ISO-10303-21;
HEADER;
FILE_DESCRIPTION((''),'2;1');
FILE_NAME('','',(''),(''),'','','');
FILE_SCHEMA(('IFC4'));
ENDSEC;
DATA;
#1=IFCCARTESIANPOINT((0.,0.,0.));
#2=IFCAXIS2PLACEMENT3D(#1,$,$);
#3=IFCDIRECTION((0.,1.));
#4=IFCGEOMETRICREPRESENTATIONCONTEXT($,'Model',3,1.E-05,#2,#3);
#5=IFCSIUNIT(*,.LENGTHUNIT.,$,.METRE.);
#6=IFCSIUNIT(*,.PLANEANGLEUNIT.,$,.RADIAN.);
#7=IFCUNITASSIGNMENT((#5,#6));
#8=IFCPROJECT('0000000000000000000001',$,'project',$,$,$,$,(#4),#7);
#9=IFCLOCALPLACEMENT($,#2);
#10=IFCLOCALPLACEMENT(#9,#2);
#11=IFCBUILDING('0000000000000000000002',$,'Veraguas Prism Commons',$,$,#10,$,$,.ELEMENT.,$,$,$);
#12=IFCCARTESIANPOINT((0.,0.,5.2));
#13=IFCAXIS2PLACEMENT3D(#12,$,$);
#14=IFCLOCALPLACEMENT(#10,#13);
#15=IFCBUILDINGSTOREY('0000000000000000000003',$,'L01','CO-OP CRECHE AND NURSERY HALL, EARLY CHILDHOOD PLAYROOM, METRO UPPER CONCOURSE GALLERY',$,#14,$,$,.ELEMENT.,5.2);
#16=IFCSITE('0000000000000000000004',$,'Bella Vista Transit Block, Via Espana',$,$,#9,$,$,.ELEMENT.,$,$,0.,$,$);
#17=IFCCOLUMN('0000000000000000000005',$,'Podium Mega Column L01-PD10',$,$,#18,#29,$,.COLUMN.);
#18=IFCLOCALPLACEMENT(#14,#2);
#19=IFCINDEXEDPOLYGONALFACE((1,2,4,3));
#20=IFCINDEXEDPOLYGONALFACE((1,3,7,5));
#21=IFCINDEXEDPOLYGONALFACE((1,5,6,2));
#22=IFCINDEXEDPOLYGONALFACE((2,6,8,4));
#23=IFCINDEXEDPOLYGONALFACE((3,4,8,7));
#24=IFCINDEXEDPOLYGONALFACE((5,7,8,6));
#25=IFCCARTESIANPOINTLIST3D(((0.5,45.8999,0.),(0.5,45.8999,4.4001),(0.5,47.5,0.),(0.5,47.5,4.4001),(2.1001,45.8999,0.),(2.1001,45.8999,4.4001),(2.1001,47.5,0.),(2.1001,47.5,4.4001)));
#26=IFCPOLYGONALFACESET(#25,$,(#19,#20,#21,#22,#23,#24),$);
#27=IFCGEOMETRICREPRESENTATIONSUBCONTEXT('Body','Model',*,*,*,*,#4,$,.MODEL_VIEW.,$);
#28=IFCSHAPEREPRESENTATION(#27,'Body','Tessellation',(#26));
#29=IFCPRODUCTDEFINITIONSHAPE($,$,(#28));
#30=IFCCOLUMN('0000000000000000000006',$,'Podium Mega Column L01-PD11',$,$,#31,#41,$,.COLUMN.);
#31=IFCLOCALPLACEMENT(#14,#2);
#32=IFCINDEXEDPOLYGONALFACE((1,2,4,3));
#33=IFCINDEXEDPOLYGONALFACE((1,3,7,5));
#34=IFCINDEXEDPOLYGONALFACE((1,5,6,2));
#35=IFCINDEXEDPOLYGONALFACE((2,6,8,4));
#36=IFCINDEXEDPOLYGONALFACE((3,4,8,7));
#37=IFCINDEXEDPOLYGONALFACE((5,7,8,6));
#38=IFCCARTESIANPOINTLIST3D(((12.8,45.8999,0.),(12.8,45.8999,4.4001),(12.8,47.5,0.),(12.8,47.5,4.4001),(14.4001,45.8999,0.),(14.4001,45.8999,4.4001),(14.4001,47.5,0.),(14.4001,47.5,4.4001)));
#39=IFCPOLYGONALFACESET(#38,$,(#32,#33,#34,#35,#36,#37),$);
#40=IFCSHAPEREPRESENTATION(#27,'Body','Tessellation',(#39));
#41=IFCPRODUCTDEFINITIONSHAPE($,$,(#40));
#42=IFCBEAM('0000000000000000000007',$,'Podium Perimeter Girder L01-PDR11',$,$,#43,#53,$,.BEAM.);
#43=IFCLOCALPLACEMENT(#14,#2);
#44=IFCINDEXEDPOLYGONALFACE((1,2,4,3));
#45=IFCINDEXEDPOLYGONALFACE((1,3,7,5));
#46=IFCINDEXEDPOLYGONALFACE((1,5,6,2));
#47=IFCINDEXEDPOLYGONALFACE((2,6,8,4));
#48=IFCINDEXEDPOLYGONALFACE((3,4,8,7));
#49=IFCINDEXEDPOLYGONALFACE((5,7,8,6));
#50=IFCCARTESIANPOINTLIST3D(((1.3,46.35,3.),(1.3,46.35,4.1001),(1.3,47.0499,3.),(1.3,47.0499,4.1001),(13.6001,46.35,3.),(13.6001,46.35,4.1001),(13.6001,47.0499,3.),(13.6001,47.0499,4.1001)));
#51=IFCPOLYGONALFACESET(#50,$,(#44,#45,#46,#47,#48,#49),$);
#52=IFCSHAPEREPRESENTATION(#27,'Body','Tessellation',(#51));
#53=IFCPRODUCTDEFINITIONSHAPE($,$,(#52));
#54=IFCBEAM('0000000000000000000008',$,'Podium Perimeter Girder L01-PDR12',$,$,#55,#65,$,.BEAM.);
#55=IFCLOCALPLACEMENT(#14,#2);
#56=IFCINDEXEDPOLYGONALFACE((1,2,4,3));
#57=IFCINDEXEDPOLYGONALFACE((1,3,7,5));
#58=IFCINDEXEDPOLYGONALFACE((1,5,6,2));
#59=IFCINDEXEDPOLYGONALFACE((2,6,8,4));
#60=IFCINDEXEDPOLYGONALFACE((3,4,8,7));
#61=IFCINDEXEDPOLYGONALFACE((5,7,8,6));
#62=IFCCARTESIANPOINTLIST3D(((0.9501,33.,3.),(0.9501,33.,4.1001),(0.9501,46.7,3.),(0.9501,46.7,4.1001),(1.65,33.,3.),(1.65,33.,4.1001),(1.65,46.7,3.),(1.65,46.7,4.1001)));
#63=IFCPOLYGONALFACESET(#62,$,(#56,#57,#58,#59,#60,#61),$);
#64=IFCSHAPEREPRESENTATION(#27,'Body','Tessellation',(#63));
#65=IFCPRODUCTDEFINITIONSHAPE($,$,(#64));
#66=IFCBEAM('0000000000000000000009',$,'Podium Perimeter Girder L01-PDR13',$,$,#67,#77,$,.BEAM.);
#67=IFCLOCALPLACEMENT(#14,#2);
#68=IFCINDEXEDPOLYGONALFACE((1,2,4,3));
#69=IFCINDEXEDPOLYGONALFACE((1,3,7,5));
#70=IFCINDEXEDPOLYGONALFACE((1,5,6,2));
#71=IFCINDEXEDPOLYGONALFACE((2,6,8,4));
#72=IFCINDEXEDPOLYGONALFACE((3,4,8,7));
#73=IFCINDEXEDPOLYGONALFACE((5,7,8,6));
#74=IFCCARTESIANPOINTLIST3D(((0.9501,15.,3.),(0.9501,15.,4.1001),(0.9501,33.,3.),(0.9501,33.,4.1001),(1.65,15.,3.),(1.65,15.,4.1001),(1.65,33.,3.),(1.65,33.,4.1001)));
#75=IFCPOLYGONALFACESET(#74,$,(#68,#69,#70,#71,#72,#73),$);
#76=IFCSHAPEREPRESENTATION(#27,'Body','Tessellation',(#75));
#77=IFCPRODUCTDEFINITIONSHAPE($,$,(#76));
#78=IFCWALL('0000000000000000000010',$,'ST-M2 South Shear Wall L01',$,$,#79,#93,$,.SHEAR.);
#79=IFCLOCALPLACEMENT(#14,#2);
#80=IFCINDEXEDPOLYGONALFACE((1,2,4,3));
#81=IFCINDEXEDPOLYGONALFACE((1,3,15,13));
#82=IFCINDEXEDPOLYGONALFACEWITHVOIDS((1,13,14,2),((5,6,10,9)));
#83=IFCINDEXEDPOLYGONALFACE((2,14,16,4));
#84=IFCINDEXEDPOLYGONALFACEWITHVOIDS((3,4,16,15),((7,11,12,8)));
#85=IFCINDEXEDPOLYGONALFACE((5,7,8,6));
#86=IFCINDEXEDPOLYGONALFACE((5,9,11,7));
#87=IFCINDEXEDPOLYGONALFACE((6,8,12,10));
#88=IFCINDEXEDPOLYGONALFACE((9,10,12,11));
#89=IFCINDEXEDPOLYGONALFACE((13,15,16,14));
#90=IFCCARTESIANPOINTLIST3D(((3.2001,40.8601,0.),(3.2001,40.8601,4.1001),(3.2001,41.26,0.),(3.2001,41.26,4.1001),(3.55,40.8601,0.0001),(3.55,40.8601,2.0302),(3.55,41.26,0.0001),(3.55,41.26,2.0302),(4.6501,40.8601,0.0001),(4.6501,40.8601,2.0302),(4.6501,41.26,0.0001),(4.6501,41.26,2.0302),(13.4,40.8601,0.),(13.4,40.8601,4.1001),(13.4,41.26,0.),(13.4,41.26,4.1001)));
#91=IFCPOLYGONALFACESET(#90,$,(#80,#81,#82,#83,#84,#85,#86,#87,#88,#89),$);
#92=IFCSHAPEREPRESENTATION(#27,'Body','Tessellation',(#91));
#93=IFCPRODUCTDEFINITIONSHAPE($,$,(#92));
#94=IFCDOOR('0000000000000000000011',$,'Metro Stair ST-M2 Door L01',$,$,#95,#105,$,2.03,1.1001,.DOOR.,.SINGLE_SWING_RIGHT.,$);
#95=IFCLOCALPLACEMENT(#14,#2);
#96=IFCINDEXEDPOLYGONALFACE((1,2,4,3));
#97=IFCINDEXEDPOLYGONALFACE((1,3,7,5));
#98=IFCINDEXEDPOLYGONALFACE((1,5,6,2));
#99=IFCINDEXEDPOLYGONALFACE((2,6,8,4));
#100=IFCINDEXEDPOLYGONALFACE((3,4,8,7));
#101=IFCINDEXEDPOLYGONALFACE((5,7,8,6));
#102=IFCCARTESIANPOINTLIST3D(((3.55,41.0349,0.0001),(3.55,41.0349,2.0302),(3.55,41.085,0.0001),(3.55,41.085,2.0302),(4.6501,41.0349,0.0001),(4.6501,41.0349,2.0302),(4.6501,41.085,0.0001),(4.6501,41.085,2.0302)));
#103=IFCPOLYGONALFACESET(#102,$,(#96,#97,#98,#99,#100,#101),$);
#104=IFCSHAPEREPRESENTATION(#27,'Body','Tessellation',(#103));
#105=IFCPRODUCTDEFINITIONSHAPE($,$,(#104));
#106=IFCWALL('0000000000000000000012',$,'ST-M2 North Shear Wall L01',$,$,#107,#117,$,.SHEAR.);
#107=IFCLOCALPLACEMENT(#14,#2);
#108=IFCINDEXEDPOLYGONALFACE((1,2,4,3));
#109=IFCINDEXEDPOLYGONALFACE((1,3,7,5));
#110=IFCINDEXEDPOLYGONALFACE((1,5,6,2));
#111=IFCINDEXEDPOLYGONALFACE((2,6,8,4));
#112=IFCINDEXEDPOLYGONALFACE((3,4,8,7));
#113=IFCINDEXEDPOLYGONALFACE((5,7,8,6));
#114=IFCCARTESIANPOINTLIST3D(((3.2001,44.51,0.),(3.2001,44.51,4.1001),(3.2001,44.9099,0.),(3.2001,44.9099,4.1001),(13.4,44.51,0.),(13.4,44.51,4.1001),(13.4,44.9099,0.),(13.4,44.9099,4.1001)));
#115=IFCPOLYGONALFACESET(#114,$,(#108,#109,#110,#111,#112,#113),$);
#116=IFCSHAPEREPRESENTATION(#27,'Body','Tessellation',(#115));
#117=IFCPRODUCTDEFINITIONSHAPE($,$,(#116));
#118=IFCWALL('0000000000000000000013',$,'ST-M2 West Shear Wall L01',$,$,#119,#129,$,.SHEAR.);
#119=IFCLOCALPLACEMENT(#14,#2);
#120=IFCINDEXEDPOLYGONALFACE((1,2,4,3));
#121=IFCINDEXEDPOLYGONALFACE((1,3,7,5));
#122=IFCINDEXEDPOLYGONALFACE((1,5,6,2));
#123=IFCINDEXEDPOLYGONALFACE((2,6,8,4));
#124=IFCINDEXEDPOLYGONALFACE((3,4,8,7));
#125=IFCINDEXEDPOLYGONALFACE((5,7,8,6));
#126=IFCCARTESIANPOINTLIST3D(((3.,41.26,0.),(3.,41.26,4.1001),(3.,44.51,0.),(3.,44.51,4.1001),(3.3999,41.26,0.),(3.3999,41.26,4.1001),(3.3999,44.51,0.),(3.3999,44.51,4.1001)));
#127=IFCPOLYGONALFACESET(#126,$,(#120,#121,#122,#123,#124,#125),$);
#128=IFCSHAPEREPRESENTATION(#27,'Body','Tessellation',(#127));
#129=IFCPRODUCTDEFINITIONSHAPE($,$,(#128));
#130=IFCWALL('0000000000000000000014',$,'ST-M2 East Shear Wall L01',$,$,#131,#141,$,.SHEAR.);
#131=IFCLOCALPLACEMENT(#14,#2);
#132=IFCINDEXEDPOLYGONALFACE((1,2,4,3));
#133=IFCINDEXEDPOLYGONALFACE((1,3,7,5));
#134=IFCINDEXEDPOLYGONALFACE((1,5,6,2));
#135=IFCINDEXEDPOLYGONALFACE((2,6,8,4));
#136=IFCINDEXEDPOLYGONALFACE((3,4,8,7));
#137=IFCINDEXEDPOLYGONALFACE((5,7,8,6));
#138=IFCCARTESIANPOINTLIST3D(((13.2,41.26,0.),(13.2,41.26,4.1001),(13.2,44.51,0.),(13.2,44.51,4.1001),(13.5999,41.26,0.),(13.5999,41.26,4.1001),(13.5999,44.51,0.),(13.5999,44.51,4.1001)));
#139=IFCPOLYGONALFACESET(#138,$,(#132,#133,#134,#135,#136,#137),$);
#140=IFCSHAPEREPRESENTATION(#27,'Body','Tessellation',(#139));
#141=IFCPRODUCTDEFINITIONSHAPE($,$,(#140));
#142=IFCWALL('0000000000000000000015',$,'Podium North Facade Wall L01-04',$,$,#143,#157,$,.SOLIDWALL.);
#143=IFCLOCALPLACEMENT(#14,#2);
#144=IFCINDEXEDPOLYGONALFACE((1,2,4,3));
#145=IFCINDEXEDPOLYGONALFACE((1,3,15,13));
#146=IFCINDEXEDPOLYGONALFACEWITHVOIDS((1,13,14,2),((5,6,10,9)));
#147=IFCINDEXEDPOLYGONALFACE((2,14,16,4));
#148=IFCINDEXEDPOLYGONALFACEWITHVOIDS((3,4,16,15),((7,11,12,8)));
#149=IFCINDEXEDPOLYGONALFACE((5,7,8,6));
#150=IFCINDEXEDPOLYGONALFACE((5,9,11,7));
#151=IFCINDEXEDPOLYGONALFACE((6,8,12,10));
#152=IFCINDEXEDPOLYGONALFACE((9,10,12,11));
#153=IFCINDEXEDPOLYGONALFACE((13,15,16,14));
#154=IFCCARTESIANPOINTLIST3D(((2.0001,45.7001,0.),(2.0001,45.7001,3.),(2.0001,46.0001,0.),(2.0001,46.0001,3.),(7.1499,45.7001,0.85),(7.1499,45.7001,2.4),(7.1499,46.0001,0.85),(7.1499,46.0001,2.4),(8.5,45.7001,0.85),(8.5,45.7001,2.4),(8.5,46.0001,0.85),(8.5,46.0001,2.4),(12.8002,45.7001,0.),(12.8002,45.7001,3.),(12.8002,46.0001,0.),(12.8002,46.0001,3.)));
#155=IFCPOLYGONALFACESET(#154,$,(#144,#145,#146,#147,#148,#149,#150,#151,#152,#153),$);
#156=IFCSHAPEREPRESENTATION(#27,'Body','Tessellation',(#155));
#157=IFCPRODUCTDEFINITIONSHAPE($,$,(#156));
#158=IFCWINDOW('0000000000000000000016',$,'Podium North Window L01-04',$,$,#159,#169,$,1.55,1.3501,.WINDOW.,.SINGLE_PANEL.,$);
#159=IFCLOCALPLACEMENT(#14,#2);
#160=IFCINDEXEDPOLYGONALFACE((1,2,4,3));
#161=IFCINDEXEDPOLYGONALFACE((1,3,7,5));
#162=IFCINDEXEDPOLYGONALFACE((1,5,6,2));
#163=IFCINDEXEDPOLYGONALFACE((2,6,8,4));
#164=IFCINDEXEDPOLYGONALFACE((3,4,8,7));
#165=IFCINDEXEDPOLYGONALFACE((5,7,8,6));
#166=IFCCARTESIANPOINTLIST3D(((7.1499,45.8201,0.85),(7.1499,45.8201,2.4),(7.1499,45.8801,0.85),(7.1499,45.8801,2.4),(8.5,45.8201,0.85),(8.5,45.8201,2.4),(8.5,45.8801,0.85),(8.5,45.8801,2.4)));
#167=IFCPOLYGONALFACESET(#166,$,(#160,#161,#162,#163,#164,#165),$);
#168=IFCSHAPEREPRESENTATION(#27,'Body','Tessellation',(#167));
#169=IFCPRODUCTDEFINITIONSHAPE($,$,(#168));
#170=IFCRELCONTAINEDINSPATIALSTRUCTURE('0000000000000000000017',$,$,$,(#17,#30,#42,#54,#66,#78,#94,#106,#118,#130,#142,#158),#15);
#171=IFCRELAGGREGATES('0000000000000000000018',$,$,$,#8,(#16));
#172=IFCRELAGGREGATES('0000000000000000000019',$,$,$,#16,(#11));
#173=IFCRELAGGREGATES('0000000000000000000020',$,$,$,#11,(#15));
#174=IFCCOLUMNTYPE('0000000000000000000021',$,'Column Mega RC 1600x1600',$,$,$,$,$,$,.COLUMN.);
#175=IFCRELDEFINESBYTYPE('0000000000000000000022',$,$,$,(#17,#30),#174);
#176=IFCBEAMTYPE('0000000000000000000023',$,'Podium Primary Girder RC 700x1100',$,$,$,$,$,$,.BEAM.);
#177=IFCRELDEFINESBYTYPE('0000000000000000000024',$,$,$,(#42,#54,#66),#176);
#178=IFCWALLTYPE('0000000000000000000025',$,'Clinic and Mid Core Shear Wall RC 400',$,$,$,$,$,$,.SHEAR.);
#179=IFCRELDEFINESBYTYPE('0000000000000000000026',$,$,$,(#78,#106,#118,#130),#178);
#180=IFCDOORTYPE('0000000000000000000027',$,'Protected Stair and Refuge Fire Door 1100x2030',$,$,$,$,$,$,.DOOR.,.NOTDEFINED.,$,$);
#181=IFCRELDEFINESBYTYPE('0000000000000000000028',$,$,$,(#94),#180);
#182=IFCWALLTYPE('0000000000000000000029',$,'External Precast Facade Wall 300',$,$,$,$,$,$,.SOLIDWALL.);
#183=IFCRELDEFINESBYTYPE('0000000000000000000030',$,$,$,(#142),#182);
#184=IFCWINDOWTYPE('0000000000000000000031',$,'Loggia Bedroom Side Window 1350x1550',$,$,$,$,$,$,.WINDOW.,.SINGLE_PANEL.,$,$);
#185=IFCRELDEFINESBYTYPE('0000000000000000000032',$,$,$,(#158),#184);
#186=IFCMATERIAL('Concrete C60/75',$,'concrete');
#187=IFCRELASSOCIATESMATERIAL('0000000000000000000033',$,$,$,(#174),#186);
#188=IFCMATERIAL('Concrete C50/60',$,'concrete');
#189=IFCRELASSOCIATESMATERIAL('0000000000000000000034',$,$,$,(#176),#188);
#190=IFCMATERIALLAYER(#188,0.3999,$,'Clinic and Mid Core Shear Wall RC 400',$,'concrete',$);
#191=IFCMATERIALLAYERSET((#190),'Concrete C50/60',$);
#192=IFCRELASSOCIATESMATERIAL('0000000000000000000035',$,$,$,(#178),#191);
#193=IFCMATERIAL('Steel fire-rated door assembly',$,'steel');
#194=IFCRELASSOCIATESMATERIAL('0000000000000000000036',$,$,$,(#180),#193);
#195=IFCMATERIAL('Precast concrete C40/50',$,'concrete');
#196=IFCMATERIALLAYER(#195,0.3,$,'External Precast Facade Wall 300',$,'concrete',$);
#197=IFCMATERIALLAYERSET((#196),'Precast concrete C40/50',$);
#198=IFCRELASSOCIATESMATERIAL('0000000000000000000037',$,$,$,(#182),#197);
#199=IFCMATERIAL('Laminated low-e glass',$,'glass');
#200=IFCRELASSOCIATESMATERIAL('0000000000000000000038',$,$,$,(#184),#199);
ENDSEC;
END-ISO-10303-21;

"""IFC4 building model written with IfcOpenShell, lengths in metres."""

from ifc_helpers import new_model, si_unit, direction, frame, frame_2d, origin, origin_2d, place, context, subcontext, project, spatial, rectangle, extrude, source, transform, mapped, material, layer, layer_set, material_profile, profile_set, type_object, element, fill, save


model = new_model("IFC4")

# Units and contexts
model_context = context("Model", 3, precision=1e-05, world=origin(), true_north=direction((0.0, 1.0)))
body_context = subcontext(model_context, "Body", "Model", "MODEL_VIEW")
ifc_project = project(units=[si_unit("LENGTHUNIT", "METRE"), si_unit("PLANEANGLEUNIT", "RADIAN")], contexts=[model_context])

# Site, building, storey
site_placement = place(None, origin())
site = spatial("IfcSite", under=ifc_project, at=site_placement, Name="Bella Vista Transit Block, Via Espana", CompositionType="ELEMENT", RefElevation=0.0)
building_placement = place(site_placement, origin())
building = spatial("IfcBuilding", under=site, at=building_placement, Name="Veraguas Prism Commons", CompositionType="ELEMENT")
storey_placement = place(building_placement, frame((0.0, 0.0, 5.2)))
storey = spatial("IfcBuildingStorey", under=building, at=storey_placement, Name="L01", Description="CO-OP CRECHE AND NURSERY HALL, EARLY CHILDHOOD PLAYROOM, METRO UPPER CONCOURSE GALLERY", CompositionType="ELEMENT", Elevation=5.2)

# Columns
ifc_material_1 = material(Name="Concrete C60/75", Category="concrete")
ifc_material_profile_1 = material_profile(ifc_material_1, rectangle(XDim=1.6001, YDim=1.6001, at=origin_2d()), Name="RC1600X1600")
ifc_profile_set_1 = profile_set([ifc_material_profile_1], Name="Concrete C60/75")
column_type = type_object("IfcColumnType", Name="Column Mega RC 1600x1600", PredefinedType="COLUMN", material=ifc_profile_set_1)
for number, where, z_axis, x_axis, name in (
    (1, (1.3, 46.7, 0.0), (0.0, 0.0, 1.0), (1.0, 0.0, 0.0), "Podium Mega Column L01-PD10"),
    (2, (13.6001, 46.7, 0.0), (0.0, 0.0, 1.0), (1.0, 0.0, 0.0), "Podium Mega Column L01-PD11"),
):
    element("IfcColumn", number, at=place(storey_placement, frame(where, z_axis=z_axis, x_axis=x_axis)), inside=storey, type_object=column_type, Name=name, PredefinedType="COLUMN", context=body_context, shape_type="SweptSolid", body=[
        extrude(rectangle(XDim=1.6001, YDim=1.6001, at=origin_2d()), origin(), (0.0, 0.0, 1.0), 4.4001),
    ])

# Beams
ifc_material_2 = material(Name="Concrete C50/60", Category="concrete")
ifc_material_profile_2 = material_profile(ifc_material_2, rectangle(XDim=0.7, YDim=1.1001, at=origin_2d()), Name="RC700X1100")
ifc_profile_set_2 = profile_set([ifc_material_profile_2], Name="Concrete C50/60")
beam_type = type_object("IfcBeamType", Name="Podium Primary Girder RC 700x1100", PredefinedType="BEAM", material=ifc_profile_set_2)
beam_1_placement = place(storey_placement, frame((13.6001, 46.7, 3.55), z_axis=(-1.0, 0.0, 0.0), x_axis=(0.0, -1.0, 0.0)))
element("IfcBeam", 3, at=beam_1_placement, inside=storey, type_object=beam_type, Name="Podium Perimeter Girder L01-PDR11", PredefinedType="BEAM", context=body_context, shape_type="SweptSolid", body=[
    extrude(rectangle(XDim=0.7, YDim=1.1001, at=origin_2d()), origin(), (0.0, 0.0, 1.0), 12.3),
])
beam_2_placement = place(storey_placement, frame((1.3, 46.7, 3.55), z_axis=(0.0, -1.0, 0.0), x_axis=(1.0, 0.0, 0.0)))
element("IfcBeam", 4, at=beam_2_placement, inside=storey, type_object=beam_type, Name="Podium Perimeter Girder L01-PDR12", PredefinedType="BEAM", context=body_context, shape_type="SweptSolid", body=[
    extrude(rectangle(XDim=0.7, YDim=1.1001, at=origin_2d()), origin(), (0.0, 0.0, 1.0), 13.7),
])
beam_3_placement = place(storey_placement, frame((1.3, 33.0, 3.55), z_axis=(0.0, -1.0, 0.0), x_axis=(1.0, 0.0, 0.0)))
element("IfcBeam", 5, at=beam_3_placement, inside=storey, type_object=beam_type, Name="Podium Perimeter Girder L01-PDR13", PredefinedType="BEAM", context=body_context, shape_type="SweptSolid", body=[
    extrude(rectangle(XDim=0.7, YDim=1.1001, at=origin_2d()), origin(), (0.0, 0.0, 1.0), 18.0),
])

# Wall, opening, door
ifc_layer_1 = layer(ifc_material_2, 0.3999, Name="Clinic and Mid Core Shear Wall RC 400", Category="concrete")
ifc_layer_set_1 = layer_set([ifc_layer_1], Name="Concrete C50/60")
wall_type_1 = type_object("IfcWallType", Name="Clinic and Mid Core Shear Wall RC 400", PredefinedType="SHEAR", material=ifc_layer_set_1)
wall_1_placement = place(storey_placement, frame((3.2, 41.0601, 0.0), z_axis=(0.0, 0.0, 1.0), x_axis=(1.0, 0.0, 0.0)))
wall_1 = element("IfcWall", 6, at=wall_1_placement, inside=storey, type_object=wall_type_1, Name="ST-M2 South Shear Wall L01", PredefinedType="SHEAR", context=body_context, shape_type="SweptSolid", body=[
    extrude(rectangle(XDim=10.2, YDim=0.3999, at=frame_2d((5.1001, 0.0))), origin(), (0.0, 0.0, 1.0), 4.1001),
])
opening_1_placement = place(wall_1_placement, frame((0.3501, 0.0, 0.0)))
opening_1 = element("IfcOpeningElement", 7, at=opening_1_placement, cuts=wall_1, PredefinedType="OPENING", context=body_context, shape_type="SweptSolid", body=[
    extrude(rectangle(XDim=1.1001, YDim=2.03, at=frame_2d((0.55, 1.0151))), frame((0.0, 0.21, 0.0), z_axis=(0.0, -1.0, 0.0), x_axis=(1.0, 0.0, 0.0)), (0.0, 0.0, 1.0), 0.4199),
])
ifc_material_3 = material(Name="Steel fire-rated door assembly", Category="steel")
door_type = type_object("IfcDoorType", Name="Protected Stair and Refuge Fire Door 1100x2030", OperationType="NOTDEFINED", PredefinedType="DOOR", material=ifc_material_3)
shared_shape_1 = source(origin(), body_context, "Body", "SweptSolid", [
    extrude(rectangle(XDim=1.1001, YDim=2.03, at=frame_2d((0.55, 1.0151))), frame((0.0, 0.0249, 0.0), z_axis=(0.0, -1.0, 0.0), x_axis=(1.0, 0.0, 0.0)), (0.0, 0.0, 1.0), 0.05),
])
door_placement = place(opening_1_placement, origin())
door = element("IfcDoor", 8, at=door_placement, inside=storey, type_object=door_type, Name="Metro Stair ST-M2 Door L01", OperationType="SINGLE_SWING_RIGHT", OverallHeight=2.03, OverallWidth=1.1001, PredefinedType="DOOR", context=body_context, shape_type="MappedRepresentation", body=[
    mapped(shared_shape_1, transform((0.0, 0.0, 0.0), scale=1.0)),
])
fill(opening_1, door)

# Walls
wall_2_placement = place(storey_placement, frame((3.2, 44.71, 0.0), z_axis=(0.0, 0.0, 1.0), x_axis=(1.0, 0.0, 0.0)))
element("IfcWall", 9, at=wall_2_placement, inside=storey, type_object=wall_type_1, Name="ST-M2 North Shear Wall L01", PredefinedType="SHEAR", context=body_context, shape_type="SweptSolid", body=[
    extrude(rectangle(XDim=10.2, YDim=0.3999, at=frame_2d((5.1001, 0.0))), origin(), (0.0, 0.0, 1.0), 4.1001),
])
for number, where, z_axis, x_axis, name in (
    (10, (3.2, 41.26, 0.0), (0.0, 0.0, 1.0), (0.0, 1.0, 0.0), "ST-M2 West Shear Wall L01"),
    (11, (13.3999, 41.26, 0.0), (0.0, 0.0, 1.0), (0.0, 1.0, 0.0), "ST-M2 East Shear Wall L01"),
):
    element("IfcWall", number, at=place(storey_placement, frame(where, z_axis=z_axis, x_axis=x_axis)), inside=storey, type_object=wall_type_1, Name=name, PredefinedType="SHEAR", context=body_context, shape_type="SweptSolid", body=[
        extrude(rectangle(XDim=3.25, YDim=0.3999, at=frame_2d((1.625, 0.0))), origin(), (0.0, 0.0, 1.0), 4.1001),
    ])

# Wall, opening, window
ifc_material_4 = material(Name="Precast concrete C40/50", Category="concrete")
ifc_layer_2 = layer(ifc_material_4, 0.3, Name="External Precast Facade Wall 300", Category="concrete")
ifc_layer_set_2 = layer_set([ifc_layer_2], Name="Precast concrete C40/50")
wall_type_2 = type_object("IfcWallType", Name="External Precast Facade Wall 300", PredefinedType="SOLIDWALL", material=ifc_layer_set_2)
wall_3_placement = place(storey_placement, frame((12.8, 45.8501, 0.0), z_axis=(0.0, 0.0, 1.0), x_axis=(-1.0, 0.0, 0.0)))
wall_3 = element("IfcWall", 12, at=wall_3_placement, inside=storey, type_object=wall_type_2, Name="Podium North Facade Wall L01-04", PredefinedType="SOLIDWALL", context=body_context, shape_type="SweptSolid", body=[
    extrude(rectangle(XDim=10.8, YDim=0.3, at=frame_2d((5.3999, 0.0))), origin(), (0.0, 0.0, 1.0), 3.0),
])
opening_2_placement = place(wall_3_placement, frame((4.3, 0.0, 0.8501)))
opening_2 = element("IfcOpeningElement", 13, at=opening_2_placement, cuts=wall_3, PredefinedType="OPENING", context=body_context, shape_type="SweptSolid", body=[
    extrude(rectangle(XDim=1.3501, YDim=1.55, at=frame_2d((0.675, 0.7749))), frame((0.0, 0.1599, 0.0), z_axis=(0.0, -1.0, 0.0), x_axis=(1.0, 0.0, 0.0)), (0.0, 0.0, 1.0), 0.3201),
])
ifc_material_5 = material(Name="Laminated low-e glass", Category="glass")
window_type_1 = type_object("IfcWindowType", Name="Loggia Bedroom Side Window 1350x1550", PartitioningType="SINGLE_PANEL", PredefinedType="WINDOW", material=ifc_material_5)
shared_shape_2 = source(origin(), body_context, "Body", "SweptSolid", [
    extrude(rectangle(XDim=1.3501, YDim=1.55, at=frame_2d((0.675, 0.7749))), frame((0.0, 0.03, 0.0), z_axis=(0.0, -1.0, 0.0), x_axis=(1.0, 0.0, 0.0)), (0.0, 0.0, 1.0), 0.0601),
])
window_1_placement = place(opening_2_placement, origin())
window_1 = element("IfcWindow", 14, at=window_1_placement, inside=storey, type_object=window_type_1, Name="Podium North Window L01-04", OverallHeight=1.55, OverallWidth=1.3501, PartitioningType="SINGLE_PANEL", PredefinedType="WINDOW", context=body_context, shape_type="MappedRepresentation", body=[
    mapped(shared_shape_2, transform((0.0, 0.0, 0.0), scale=1.0)),
])
fill(opening_2, window_1)

save(model, "model.ifc")
